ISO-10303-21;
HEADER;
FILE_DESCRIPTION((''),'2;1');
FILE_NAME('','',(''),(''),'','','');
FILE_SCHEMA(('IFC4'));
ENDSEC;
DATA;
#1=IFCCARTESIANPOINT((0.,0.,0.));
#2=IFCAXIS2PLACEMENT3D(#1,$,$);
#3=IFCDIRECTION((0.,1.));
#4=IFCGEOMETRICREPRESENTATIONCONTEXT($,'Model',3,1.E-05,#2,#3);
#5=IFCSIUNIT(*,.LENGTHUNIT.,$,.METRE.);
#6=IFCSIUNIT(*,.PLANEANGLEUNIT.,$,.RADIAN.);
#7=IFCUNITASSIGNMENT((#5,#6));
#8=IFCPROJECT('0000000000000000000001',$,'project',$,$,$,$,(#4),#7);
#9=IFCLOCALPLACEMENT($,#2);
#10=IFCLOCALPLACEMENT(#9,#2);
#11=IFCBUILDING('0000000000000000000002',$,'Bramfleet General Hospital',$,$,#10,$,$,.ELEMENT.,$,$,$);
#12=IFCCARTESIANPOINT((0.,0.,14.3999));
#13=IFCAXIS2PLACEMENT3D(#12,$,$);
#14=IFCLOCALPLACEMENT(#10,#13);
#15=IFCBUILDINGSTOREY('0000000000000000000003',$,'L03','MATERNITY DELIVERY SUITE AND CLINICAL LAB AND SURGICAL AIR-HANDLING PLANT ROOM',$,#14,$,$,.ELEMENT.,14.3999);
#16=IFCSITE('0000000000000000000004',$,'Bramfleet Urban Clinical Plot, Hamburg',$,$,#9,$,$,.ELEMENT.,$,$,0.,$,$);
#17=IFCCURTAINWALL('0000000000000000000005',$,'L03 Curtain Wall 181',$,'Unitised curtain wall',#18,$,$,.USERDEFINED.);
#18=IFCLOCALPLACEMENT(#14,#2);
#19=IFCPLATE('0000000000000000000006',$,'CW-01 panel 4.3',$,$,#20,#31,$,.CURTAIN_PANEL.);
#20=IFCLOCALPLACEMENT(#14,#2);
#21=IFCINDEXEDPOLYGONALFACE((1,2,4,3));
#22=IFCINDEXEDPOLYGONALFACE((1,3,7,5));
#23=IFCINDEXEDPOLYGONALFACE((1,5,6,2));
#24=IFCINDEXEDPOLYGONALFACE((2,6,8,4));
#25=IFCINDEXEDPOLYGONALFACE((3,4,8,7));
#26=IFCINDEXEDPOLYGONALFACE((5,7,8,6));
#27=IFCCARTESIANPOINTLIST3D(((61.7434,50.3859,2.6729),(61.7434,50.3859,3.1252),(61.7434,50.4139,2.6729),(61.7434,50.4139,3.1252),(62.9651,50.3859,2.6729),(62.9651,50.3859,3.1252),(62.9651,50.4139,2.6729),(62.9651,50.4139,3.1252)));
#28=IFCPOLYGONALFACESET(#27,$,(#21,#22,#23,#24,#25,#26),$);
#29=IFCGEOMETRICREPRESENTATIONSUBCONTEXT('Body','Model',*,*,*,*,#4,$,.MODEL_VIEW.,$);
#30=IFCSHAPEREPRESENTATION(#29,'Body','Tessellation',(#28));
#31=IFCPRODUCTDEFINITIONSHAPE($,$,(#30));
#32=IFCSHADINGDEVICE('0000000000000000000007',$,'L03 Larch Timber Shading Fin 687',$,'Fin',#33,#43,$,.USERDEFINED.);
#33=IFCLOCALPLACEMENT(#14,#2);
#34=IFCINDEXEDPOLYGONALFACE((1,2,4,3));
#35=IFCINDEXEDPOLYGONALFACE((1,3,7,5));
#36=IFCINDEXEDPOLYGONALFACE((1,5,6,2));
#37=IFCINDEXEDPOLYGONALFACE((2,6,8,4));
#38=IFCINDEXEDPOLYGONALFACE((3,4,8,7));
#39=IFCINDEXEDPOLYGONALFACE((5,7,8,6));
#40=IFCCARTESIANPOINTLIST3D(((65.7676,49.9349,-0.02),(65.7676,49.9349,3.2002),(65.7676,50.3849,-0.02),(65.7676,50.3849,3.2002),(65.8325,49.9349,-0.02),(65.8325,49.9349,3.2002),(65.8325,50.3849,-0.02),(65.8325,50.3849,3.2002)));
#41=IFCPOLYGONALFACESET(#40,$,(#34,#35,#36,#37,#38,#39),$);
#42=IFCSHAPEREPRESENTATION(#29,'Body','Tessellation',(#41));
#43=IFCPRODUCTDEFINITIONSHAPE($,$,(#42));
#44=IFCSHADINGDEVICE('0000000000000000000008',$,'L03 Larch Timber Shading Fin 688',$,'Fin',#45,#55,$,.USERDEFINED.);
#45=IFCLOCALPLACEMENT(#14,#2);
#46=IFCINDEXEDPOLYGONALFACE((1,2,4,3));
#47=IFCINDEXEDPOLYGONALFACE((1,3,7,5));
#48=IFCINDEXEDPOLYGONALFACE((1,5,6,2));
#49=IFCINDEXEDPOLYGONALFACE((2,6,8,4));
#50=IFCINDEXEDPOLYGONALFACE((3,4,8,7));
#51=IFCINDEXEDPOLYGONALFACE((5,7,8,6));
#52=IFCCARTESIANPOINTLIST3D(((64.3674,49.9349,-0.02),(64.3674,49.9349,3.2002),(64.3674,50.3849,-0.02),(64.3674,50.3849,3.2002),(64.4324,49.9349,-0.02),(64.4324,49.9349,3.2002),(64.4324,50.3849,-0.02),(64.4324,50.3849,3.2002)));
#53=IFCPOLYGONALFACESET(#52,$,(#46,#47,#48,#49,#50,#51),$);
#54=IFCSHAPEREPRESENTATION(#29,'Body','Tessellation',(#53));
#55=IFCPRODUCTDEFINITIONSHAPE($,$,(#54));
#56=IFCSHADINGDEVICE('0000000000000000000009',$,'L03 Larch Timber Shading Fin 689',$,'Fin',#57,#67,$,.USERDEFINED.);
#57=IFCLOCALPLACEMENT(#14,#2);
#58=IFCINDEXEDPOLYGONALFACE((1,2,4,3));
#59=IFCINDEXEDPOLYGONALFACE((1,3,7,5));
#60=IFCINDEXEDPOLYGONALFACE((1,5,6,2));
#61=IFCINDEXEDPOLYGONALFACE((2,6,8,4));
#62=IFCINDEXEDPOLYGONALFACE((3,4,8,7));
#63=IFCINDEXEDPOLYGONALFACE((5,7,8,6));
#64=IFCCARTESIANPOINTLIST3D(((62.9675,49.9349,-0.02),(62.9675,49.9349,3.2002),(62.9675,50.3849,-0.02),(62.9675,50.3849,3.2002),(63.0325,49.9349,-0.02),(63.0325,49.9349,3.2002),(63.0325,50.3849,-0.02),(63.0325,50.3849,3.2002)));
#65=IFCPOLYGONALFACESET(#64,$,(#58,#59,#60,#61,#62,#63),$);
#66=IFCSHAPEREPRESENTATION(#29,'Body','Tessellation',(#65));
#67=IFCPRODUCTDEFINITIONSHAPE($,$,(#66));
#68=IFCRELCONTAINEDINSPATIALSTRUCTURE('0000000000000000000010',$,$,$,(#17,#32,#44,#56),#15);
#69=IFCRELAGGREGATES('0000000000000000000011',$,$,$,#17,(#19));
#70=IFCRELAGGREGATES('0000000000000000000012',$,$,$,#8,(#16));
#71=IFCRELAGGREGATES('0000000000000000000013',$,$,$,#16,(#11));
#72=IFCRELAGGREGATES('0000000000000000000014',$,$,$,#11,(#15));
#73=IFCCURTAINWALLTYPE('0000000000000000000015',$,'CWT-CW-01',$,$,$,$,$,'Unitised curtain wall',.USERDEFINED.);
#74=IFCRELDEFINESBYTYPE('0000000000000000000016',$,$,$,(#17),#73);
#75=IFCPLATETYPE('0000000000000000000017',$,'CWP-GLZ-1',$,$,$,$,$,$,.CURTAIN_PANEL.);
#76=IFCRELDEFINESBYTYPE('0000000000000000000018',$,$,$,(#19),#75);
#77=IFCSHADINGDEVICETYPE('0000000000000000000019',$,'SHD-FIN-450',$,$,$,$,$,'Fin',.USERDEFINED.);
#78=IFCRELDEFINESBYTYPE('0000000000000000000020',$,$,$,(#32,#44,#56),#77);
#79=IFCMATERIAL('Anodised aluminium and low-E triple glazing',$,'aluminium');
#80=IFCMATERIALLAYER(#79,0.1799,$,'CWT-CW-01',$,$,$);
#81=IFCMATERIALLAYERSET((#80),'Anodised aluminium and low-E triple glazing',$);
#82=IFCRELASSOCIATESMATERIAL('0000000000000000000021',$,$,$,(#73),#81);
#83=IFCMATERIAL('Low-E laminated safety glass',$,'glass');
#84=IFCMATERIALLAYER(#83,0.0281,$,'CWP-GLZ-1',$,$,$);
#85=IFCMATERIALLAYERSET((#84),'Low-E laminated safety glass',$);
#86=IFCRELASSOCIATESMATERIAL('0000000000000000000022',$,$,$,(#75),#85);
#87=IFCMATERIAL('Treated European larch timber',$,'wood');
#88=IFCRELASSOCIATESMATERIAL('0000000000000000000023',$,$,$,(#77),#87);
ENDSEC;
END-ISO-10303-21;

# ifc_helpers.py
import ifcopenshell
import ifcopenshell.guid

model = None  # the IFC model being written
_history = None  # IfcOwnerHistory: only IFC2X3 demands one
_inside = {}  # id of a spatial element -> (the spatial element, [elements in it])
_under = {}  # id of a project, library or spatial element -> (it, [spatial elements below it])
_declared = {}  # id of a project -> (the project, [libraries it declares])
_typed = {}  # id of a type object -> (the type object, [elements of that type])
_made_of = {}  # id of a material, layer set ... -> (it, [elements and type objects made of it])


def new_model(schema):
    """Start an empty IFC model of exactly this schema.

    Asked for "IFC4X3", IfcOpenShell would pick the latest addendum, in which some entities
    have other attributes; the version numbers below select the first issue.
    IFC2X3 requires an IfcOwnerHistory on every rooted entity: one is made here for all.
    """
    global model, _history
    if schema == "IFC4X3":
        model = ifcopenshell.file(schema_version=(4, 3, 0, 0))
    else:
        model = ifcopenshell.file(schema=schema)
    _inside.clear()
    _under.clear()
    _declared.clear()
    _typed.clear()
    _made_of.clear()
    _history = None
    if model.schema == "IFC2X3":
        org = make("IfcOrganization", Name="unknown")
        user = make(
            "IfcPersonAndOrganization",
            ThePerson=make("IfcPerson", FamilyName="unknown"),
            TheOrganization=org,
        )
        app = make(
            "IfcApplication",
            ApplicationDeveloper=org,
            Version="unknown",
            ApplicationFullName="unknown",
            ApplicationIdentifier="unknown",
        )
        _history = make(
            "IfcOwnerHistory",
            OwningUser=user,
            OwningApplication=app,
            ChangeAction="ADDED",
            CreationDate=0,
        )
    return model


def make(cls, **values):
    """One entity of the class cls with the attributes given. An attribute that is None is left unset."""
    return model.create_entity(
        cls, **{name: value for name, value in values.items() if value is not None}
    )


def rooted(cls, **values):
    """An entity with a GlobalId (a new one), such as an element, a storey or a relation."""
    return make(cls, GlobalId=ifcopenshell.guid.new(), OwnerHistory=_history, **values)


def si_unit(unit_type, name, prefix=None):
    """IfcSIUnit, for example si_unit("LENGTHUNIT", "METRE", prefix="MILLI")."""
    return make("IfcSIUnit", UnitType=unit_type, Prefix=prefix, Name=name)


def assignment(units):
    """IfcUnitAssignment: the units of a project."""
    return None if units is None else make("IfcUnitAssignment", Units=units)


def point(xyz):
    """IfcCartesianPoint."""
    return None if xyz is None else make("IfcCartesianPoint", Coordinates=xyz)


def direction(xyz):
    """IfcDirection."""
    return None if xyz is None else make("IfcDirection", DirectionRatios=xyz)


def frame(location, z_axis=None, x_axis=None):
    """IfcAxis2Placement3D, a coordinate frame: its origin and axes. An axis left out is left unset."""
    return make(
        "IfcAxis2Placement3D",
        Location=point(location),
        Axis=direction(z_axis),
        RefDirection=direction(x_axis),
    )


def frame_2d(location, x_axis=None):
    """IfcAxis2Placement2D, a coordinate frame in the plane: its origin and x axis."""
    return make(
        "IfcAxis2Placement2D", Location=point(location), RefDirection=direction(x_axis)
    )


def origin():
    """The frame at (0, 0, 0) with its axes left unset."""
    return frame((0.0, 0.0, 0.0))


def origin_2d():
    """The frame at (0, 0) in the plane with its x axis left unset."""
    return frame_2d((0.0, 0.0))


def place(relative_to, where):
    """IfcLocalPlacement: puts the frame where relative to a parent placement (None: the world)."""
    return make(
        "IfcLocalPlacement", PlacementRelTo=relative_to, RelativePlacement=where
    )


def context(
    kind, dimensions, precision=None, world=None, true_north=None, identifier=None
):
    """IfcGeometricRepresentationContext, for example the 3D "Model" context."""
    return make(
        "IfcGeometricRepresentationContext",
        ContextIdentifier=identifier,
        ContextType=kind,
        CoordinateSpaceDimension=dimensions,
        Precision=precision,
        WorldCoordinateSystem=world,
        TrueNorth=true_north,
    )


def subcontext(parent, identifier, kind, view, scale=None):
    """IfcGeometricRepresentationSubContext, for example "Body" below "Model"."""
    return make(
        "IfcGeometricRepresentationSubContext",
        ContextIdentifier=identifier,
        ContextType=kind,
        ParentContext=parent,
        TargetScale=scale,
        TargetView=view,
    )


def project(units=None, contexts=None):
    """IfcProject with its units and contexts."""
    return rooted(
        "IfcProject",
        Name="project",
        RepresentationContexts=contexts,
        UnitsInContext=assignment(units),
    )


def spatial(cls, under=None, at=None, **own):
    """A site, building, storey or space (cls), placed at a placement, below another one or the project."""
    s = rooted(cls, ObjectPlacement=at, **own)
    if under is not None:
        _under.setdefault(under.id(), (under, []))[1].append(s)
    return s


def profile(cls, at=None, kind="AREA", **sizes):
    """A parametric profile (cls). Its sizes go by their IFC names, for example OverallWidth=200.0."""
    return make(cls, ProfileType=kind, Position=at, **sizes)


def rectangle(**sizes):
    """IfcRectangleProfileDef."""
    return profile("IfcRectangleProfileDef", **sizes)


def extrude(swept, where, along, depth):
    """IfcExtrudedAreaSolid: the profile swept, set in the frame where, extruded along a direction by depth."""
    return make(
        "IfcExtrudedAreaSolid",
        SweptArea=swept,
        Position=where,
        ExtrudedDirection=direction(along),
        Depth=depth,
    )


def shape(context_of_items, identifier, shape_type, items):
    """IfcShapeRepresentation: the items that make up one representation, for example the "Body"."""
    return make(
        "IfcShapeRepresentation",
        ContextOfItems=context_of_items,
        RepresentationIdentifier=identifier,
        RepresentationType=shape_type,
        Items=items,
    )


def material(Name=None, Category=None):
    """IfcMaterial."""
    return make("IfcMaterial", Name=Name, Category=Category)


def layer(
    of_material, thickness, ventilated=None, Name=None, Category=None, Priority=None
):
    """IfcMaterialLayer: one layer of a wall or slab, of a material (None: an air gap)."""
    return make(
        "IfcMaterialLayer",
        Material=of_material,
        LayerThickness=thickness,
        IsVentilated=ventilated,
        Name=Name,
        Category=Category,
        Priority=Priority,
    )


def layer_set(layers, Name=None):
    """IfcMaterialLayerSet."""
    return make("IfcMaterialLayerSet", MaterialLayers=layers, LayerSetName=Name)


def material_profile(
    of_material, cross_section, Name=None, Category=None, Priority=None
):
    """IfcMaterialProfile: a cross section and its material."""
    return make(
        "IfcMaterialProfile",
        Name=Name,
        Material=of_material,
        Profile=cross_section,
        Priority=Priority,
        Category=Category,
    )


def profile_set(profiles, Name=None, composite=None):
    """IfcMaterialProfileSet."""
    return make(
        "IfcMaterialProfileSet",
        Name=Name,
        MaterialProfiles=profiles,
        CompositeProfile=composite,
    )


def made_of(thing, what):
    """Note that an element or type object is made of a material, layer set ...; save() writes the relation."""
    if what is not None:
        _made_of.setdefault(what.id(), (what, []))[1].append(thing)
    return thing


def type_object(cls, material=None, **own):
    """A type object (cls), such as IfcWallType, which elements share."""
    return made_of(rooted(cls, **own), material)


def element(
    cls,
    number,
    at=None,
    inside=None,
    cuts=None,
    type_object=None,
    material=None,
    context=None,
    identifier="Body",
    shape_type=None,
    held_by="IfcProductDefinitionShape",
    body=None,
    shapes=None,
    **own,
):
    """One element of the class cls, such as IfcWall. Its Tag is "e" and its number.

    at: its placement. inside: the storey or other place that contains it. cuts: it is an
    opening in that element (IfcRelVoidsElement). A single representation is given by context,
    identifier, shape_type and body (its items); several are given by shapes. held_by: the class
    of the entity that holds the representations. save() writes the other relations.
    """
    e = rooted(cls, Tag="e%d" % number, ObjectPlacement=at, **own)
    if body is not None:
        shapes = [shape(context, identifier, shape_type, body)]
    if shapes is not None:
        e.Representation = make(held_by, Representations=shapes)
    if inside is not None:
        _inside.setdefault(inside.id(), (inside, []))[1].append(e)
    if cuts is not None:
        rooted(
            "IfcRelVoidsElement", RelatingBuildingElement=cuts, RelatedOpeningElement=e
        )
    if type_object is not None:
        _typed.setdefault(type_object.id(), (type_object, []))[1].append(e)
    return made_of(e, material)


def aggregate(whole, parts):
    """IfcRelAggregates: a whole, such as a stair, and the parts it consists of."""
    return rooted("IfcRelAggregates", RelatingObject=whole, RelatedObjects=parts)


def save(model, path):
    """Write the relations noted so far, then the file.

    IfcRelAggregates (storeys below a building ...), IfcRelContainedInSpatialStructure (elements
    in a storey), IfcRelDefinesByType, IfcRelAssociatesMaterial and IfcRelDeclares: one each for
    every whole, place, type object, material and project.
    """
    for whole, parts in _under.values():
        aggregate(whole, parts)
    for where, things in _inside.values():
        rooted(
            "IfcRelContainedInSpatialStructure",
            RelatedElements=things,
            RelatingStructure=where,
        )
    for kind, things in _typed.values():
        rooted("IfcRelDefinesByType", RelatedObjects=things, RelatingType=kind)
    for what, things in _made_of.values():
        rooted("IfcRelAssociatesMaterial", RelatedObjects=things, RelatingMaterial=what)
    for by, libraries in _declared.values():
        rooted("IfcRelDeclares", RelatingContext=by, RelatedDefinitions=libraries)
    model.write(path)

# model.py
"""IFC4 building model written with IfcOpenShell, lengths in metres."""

from ifc_helpers import new_model, si_unit, direction, frame, origin, origin_2d, place, context, subcontext, project, spatial, rectangle, extrude, material, layer, layer_set, material_profile, profile_set, type_object, element, aggregate, save


model = new_model("IFC4")

# Units and contexts
model_context = context("Model", 3, precision=1e-05, world=origin(), true_north=direction((0.0, 1.0)))
body_context = subcontext(model_context, "Body", "Model", "MODEL_VIEW")
ifc_project = project(units=[si_unit("LENGTHUNIT", "METRE"), si_unit("PLANEANGLEUNIT", "RADIAN")], contexts=[model_context])

# Site, building, storey
site_placement = place(None, origin())
site = spatial("IfcSite", under=ifc_project, at=site_placement, Name="Bramfleet Urban Clinical Plot, Hamburg", CompositionType="ELEMENT", RefElevation=0.0)
building_placement = place(site_placement, origin())
building = spatial("IfcBuilding", under=site, at=building_placement, Name="Bramfleet General Hospital", CompositionType="ELEMENT")
storey_placement = place(building_placement, frame((0.0, 0.0, 14.3999)))
storey = spatial("IfcBuildingStorey", under=building, at=storey_placement, Name="L03", Description="MATERNITY DELIVERY SUITE AND CLINICAL LAB AND SURGICAL AIR-HANDLING PLANT ROOM", CompositionType="ELEMENT", Elevation=14.3999)

# Curtain wall, plate
ifc_material_1 = material(Name="Anodised aluminium and low-E triple glazing", Category="aluminium")
ifc_layer_1 = layer(ifc_material_1, 0.1799, Name="CWT-CW-01")
ifc_layer_set_1 = layer_set([ifc_layer_1], Name="Anodised aluminium and low-E triple glazing")
curtain_wall_type = type_object("IfcCurtainWallType", Name="CWT-CW-01", ElementType="Unitised curtain wall", PredefinedType="USERDEFINED", material=ifc_layer_set_1)
curtain_wall_placement = place(storey_placement, origin())
curtain_wall = element("IfcCurtainWall", 1, at=curtain_wall_placement, inside=storey, type_object=curtain_wall_type, Name="L03 Curtain Wall 181", ObjectType="Unitised curtain wall", PredefinedType="USERDEFINED")
ifc_material_2 = material(Name="Low-E laminated safety glass", Category="glass")
ifc_layer_2 = layer(ifc_material_2, 0.0281, Name="CWP-GLZ-1")
ifc_layer_set_2 = layer_set([ifc_layer_2], Name="Low-E laminated safety glass")
plate_type = type_object("IfcPlateType", Name="CWP-GLZ-1", PredefinedType="CURTAIN_PANEL", material=ifc_layer_set_2)
plate_1_placement = place(storey_placement, frame((62.3542, 50.3999, 2.6729), z_axis=(0.0, 0.0, 1.0), x_axis=(-1.0, 0.0, 0.0)))
plate_1 = element("IfcPlate", 2, at=plate_1_placement, type_object=plate_type, Name="CW-01 panel 4.3", PredefinedType="CURTAIN_PANEL", context=body_context, shape_type="SweptSolid", body=[
    extrude(rectangle(XDim=1.2217, YDim=0.0281, at=origin_2d()), origin(), (0.0, 0.0, 1.0), 0.4524),
])
aggregate(curtain_wall, [plate_1])

# Shading devices
ifc_material_3 = material(Name="Treated European larch timber", Category="wood")
ifc_material_profile_1 = material_profile(ifc_material_3, rectangle(XDim=0.0649, YDim=0.45, at=origin_2d()), Name="LARCH FIN 450x65")
ifc_profile_set_1 = profile_set([ifc_material_profile_1], Name="Treated European larch timber")
shading_device_type = type_object("IfcShadingDeviceType", Name="SHD-FIN-450", ElementType="Fin", PredefinedType="USERDEFINED", material=ifc_profile_set_1)
for number, where, z_axis, x_axis, name in (
    (3, (65.8, 50.1599, -0.02), (0.0, 0.0, 1.0), (-1.0, 0.0, 0.0), "L03 Larch Timber Shading Fin 687"),
    (4, (64.3999, 50.1599, -0.02), (0.0, 0.0, 1.0), (-1.0, 0.0, 0.0), "L03 Larch Timber Shading Fin 688"),
    (5, (63.0, 50.1599, -0.02), (0.0, 0.0, 1.0), (-1.0, 0.0, 0.0), "L03 Larch Timber Shading Fin 689"),
):
    element("IfcShadingDevice", number, at=place(storey_placement, frame(where, z_axis=z_axis, x_axis=x_axis)), inside=storey, type_object=shading_device_type, Name=name, ObjectType="Fin", PredefinedType="USERDEFINED", context=body_context, shape_type="SweptSolid", body=[
        extrude(rectangle(XDim=0.0649, YDim=0.45, at=origin_2d()), origin(), (0.0, 0.0, 1.0), 3.2202),
    ])

save(model, "model.ifc")
